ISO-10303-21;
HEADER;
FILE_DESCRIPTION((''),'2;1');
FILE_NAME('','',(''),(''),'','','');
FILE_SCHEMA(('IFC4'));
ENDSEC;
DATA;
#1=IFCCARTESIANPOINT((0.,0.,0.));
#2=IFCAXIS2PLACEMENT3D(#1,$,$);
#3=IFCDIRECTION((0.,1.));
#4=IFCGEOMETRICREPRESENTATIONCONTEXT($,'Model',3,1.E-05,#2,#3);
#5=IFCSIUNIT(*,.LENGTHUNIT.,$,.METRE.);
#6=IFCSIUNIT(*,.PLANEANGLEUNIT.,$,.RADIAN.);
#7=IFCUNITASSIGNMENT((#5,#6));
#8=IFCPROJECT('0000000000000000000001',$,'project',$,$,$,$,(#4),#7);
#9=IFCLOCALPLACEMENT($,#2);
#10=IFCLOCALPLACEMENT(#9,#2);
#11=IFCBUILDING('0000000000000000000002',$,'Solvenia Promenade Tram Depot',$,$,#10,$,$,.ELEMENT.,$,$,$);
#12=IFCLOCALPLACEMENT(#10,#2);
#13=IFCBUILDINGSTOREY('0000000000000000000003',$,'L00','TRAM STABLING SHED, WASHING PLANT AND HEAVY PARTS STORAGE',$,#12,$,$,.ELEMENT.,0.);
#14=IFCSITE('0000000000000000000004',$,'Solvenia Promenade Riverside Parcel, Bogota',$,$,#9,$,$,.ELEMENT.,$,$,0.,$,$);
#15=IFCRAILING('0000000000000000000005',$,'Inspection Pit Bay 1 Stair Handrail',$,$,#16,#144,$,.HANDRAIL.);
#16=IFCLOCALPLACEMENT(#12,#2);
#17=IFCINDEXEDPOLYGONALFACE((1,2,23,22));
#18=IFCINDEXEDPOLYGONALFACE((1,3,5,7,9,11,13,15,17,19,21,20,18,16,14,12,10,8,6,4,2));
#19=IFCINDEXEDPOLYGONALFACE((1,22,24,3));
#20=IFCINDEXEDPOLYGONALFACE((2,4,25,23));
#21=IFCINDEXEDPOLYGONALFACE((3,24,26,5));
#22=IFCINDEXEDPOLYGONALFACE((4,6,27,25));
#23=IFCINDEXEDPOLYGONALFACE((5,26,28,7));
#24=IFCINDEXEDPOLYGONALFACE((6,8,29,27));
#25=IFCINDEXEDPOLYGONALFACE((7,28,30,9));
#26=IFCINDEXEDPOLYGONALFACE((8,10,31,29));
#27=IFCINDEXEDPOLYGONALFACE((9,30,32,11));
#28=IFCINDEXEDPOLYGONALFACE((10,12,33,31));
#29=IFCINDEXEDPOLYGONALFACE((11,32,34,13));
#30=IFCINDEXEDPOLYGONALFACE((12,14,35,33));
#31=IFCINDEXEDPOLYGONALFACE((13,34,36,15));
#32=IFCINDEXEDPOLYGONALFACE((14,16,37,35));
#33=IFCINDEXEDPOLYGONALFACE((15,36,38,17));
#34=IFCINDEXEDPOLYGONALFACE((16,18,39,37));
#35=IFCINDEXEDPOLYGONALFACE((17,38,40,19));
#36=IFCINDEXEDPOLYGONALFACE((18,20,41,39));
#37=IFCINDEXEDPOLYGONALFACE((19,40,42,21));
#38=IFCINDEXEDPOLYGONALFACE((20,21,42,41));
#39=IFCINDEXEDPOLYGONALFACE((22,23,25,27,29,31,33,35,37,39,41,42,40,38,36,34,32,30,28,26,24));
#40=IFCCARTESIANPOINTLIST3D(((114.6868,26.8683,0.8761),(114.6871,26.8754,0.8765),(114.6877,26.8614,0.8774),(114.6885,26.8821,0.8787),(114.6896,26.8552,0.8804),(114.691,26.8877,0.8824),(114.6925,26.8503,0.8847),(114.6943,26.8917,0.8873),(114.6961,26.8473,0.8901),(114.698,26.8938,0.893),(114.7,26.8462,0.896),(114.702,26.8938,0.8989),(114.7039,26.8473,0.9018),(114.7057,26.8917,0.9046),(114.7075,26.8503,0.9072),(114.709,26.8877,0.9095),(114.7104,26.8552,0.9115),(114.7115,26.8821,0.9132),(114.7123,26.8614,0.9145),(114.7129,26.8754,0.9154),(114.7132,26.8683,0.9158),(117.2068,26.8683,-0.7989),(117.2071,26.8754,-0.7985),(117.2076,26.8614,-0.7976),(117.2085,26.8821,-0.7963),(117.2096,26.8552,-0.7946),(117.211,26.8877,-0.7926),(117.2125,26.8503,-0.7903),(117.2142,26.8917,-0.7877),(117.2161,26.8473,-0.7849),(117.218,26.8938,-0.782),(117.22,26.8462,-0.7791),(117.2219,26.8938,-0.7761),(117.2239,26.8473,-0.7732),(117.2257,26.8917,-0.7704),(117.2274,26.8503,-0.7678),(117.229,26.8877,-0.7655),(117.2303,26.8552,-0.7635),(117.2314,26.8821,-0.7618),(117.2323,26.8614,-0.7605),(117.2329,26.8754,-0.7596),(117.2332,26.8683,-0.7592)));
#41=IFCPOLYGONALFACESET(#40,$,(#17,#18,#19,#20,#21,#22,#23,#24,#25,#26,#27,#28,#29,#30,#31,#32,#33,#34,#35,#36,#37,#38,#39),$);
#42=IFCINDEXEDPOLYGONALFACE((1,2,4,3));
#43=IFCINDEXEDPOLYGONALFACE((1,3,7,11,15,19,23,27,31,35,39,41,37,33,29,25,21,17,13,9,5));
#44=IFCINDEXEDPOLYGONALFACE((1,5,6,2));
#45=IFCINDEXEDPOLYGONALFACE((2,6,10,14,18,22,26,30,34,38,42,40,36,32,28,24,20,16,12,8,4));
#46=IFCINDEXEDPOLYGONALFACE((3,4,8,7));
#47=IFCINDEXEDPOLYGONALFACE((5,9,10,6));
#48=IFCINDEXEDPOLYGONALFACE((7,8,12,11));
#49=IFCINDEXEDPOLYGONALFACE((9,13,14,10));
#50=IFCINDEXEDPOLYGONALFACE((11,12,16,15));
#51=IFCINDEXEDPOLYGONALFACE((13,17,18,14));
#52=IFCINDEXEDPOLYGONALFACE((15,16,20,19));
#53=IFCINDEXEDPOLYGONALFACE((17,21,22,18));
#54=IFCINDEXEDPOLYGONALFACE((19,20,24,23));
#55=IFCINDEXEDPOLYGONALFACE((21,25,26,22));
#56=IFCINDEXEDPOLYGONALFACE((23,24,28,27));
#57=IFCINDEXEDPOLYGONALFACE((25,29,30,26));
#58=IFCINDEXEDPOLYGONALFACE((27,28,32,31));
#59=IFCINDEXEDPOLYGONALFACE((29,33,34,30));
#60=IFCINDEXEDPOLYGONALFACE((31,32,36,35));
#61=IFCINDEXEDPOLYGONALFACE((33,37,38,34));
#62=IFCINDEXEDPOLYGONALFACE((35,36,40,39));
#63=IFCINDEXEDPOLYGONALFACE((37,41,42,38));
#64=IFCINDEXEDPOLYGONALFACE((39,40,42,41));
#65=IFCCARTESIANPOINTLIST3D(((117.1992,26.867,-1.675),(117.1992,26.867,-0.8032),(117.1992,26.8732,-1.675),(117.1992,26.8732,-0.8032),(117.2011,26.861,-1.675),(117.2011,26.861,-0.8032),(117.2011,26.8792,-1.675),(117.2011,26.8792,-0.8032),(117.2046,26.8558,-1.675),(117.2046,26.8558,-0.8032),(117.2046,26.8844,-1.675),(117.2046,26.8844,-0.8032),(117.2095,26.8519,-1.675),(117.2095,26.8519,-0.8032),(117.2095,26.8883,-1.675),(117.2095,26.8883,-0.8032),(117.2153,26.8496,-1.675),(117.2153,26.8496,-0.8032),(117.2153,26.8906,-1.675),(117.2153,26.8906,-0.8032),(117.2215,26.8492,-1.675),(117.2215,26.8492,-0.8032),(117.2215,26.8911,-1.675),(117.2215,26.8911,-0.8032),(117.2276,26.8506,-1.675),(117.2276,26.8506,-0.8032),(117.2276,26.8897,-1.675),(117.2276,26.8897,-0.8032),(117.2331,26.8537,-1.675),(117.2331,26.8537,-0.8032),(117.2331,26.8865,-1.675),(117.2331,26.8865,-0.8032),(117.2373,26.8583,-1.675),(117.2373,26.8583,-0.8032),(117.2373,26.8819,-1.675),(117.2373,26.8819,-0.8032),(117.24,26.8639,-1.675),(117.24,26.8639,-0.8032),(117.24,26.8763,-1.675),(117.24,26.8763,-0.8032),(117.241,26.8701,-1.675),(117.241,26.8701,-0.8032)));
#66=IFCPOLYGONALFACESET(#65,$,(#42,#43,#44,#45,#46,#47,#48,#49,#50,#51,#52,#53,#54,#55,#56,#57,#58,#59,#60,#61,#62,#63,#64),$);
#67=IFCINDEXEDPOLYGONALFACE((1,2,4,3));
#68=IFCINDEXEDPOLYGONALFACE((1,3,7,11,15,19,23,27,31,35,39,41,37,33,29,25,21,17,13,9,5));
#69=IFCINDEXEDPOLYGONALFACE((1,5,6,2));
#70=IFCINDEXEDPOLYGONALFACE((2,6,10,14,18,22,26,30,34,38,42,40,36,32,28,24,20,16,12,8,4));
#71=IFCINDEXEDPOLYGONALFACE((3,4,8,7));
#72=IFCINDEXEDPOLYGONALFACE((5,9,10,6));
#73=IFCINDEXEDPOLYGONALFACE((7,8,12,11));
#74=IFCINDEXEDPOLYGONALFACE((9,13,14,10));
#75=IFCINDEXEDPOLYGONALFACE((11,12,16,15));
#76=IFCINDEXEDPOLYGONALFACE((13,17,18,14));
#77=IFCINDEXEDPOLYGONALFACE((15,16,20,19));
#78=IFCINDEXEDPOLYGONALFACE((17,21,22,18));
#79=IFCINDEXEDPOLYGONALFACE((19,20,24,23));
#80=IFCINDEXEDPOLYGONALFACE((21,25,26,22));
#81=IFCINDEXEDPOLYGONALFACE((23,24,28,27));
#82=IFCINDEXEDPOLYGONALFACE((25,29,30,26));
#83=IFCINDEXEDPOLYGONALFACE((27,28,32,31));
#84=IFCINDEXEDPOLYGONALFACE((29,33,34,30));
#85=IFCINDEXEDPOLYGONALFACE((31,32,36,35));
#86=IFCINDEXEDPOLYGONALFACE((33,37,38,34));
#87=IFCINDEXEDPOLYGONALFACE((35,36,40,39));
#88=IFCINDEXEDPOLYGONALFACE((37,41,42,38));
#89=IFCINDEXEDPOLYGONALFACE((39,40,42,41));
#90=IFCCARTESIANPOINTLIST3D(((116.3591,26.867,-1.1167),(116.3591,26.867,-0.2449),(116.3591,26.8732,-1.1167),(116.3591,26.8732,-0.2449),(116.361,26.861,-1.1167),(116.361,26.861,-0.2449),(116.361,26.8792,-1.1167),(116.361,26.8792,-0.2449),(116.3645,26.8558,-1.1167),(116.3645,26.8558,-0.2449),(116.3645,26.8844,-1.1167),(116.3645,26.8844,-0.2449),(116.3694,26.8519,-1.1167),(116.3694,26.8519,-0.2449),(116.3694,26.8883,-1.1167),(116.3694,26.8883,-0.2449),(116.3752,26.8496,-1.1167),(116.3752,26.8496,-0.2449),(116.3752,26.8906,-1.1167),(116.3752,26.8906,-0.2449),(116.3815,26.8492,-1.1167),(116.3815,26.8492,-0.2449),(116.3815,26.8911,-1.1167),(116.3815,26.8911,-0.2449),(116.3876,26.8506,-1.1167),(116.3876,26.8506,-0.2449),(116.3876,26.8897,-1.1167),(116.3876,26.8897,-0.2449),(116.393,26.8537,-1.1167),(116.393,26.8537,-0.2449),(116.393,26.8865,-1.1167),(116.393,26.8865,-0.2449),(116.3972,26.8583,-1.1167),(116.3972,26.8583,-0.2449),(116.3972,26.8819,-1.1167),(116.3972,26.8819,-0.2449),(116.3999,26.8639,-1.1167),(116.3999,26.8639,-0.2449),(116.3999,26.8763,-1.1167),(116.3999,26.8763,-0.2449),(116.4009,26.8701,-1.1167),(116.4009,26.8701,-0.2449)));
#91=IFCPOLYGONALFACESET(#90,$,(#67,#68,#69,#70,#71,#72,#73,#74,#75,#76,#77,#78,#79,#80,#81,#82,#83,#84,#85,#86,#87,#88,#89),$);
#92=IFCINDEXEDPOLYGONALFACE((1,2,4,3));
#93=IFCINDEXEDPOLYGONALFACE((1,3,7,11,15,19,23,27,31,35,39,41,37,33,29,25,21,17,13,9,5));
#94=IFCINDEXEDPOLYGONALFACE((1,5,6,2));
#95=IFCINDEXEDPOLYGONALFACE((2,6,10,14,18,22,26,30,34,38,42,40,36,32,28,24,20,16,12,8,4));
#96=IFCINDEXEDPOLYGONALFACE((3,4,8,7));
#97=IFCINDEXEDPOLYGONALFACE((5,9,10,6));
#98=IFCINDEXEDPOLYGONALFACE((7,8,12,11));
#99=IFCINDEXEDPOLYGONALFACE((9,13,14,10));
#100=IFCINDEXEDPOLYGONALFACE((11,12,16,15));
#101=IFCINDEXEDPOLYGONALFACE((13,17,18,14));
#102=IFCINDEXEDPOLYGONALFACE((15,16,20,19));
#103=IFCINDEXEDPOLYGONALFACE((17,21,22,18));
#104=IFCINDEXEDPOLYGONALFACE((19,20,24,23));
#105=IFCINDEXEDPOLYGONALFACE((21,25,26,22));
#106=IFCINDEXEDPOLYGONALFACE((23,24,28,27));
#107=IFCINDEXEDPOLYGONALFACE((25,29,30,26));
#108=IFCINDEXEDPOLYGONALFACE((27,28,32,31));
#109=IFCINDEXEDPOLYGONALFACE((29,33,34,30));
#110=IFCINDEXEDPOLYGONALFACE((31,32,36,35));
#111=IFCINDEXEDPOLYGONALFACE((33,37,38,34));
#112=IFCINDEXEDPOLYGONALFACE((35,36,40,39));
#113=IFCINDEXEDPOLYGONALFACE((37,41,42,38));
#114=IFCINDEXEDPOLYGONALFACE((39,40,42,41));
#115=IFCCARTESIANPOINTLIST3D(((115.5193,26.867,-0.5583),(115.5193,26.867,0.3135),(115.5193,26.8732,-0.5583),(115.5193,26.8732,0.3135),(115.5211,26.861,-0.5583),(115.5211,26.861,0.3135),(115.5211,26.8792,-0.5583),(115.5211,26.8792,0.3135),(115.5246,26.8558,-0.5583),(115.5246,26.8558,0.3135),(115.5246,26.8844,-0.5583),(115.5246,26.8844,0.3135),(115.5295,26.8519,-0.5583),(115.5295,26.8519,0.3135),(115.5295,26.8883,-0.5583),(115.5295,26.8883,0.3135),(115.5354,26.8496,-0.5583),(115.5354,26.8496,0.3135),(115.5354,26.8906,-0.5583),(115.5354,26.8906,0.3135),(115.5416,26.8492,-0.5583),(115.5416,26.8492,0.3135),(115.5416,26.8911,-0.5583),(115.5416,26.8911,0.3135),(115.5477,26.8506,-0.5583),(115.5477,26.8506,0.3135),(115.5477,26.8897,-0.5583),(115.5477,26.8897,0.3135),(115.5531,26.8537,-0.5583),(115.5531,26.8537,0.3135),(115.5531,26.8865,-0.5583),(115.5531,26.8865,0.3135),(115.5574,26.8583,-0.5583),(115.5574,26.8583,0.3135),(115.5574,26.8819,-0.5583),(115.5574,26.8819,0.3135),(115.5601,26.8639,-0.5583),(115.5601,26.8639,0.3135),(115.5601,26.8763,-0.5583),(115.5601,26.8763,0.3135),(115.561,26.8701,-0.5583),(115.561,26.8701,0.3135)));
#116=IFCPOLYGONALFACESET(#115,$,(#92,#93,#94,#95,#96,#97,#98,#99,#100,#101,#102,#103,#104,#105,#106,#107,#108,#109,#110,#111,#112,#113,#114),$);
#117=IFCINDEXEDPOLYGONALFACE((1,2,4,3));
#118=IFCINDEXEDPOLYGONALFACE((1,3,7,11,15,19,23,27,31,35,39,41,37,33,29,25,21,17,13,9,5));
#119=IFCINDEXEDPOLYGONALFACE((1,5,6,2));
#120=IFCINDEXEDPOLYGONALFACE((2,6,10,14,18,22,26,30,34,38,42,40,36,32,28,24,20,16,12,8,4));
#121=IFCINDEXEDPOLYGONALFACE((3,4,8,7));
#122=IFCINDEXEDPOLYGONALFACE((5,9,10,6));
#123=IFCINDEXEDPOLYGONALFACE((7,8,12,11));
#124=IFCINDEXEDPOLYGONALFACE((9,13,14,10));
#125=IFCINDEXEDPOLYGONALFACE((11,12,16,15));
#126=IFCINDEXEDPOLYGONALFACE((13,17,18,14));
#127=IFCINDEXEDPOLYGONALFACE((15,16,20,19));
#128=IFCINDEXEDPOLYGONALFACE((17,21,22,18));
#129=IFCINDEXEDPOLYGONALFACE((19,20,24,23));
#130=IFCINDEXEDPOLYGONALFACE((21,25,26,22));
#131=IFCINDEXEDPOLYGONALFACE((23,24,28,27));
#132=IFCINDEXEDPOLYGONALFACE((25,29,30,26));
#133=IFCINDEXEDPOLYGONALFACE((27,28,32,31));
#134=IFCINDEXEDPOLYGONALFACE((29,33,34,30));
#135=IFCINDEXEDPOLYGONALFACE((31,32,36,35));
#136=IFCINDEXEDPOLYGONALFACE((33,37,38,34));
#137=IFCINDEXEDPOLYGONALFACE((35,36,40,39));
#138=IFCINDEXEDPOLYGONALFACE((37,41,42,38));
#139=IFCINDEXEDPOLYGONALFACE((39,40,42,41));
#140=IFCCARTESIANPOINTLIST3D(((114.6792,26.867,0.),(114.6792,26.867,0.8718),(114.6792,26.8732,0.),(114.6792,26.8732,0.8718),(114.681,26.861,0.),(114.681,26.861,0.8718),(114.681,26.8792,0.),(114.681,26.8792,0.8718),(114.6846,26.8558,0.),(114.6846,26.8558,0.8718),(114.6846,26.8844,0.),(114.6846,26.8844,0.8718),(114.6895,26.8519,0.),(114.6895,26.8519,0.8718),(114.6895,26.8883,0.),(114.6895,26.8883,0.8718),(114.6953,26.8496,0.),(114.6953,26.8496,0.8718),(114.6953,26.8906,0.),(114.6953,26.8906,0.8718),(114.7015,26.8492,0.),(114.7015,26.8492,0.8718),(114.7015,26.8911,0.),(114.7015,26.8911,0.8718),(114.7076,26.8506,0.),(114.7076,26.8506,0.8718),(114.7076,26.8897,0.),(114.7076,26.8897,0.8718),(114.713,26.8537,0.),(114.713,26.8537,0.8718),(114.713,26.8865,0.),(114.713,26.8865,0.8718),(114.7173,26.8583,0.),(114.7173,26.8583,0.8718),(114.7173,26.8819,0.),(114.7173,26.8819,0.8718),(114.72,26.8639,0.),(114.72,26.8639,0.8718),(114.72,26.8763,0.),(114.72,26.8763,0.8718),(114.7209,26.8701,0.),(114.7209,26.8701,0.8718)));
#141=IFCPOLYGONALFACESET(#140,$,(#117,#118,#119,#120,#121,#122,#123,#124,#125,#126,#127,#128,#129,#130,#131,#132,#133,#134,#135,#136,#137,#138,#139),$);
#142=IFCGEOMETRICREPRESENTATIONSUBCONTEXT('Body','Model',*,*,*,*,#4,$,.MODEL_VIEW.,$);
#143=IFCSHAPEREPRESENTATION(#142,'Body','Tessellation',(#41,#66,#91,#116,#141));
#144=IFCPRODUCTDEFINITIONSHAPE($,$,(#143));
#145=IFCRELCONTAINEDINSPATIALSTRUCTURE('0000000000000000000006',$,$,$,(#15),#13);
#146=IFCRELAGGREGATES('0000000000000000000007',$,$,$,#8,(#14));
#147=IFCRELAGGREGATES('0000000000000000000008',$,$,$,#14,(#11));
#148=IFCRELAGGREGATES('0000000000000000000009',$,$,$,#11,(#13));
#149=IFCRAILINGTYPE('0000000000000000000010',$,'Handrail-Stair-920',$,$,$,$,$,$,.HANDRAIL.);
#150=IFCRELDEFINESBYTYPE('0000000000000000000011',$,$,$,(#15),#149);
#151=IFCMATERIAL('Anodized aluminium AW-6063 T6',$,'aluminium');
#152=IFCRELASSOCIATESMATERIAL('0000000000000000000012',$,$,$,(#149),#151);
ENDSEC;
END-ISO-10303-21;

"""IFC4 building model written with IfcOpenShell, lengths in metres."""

from ifc_helpers import new_model, si_unit, direction, frame, origin, origin_2d, place, context, subcontext, project, spatial, circle, extrude, material, type_object, element, save


model = new_model("IFC4")

# Units and contexts
model_context = context("Model", 3, precision=1e-05, world=origin(), true_north=direction((0.0, 1.0)))
body_context = subcontext(model_context, "Body", "Model", "MODEL_VIEW")
ifc_project = project(units=[si_unit("LENGTHUNIT", "METRE"), si_unit("PLANEANGLEUNIT", "RADIAN")], contexts=[model_context])

# Site, building, storey
site_placement = place(None, origin())
site = spatial("IfcSite", under=ifc_project, at=site_placement, Name="Solvenia Promenade Riverside Parcel, Bogota", CompositionType="ELEMENT", RefElevation=0.0)
building_placement = place(site_placement, origin())
building = spatial("IfcBuilding", under=site, at=building_placement, Name="Solvenia Promenade Tram Depot", CompositionType="ELEMENT")
storey_placement = place(building_placement, origin())
storey = spatial("IfcBuildingStorey", under=building, at=storey_placement, Name="L00", Description="TRAM STABLING SHED, WASHING PLANT AND HEAVY PARTS STORAGE", CompositionType="ELEMENT", Elevation=0.0)

# Railing
ifc_material_1 = material(Name="Anodized aluminium AW-6063 T6", Category="aluminium")
railing_type_1 = type_object("IfcRailingType", Name="Handrail-Stair-920", PredefinedType="HANDRAIL", material=ifc_material_1)
for number, where, name in (
    (1, (117.22, 26.8701, -1.675), "Inspection Pit Bay 1 Stair Handrail"),
):
    element("IfcRailing", number, at=place(storey_placement, frame(where)), inside=storey, type_object=railing_type_1, Name=name, PredefinedType="HANDRAIL", context=body_context, shape_type="SweptSolid", body=[
        extrude(circle(Radius=0.0239, at=origin_2d()), frame((0.0, 0.0, 0.896), z_axis=(-0.832807, 0.0, 0.553564), x_axis=(0.0, -1.0, 0.0)), (0.0, 0.0, 1.0), 3.0259),
        extrude(circle(Radius=0.021, at=origin_2d()), origin(), (0.0, 0.0, 1.0), 0.8718),
        extrude(circle(Radius=0.021, at=origin_2d()), frame((-0.8401, 0.0, 0.5583)), (0.0, 0.0, 1.0), 0.8718),
        extrude(circle(Radius=0.021, at=origin_2d()), frame((-1.6799, 0.0, 1.1167)), (0.0, 0.0, 1.0), 0.8718),
        extrude(circle(Radius=0.021, at=origin_2d()), frame((-2.52, 0.0, 1.675)), (0.0, 0.0, 1.0), 0.8718),
    ])

save(model, "model.ifc")
